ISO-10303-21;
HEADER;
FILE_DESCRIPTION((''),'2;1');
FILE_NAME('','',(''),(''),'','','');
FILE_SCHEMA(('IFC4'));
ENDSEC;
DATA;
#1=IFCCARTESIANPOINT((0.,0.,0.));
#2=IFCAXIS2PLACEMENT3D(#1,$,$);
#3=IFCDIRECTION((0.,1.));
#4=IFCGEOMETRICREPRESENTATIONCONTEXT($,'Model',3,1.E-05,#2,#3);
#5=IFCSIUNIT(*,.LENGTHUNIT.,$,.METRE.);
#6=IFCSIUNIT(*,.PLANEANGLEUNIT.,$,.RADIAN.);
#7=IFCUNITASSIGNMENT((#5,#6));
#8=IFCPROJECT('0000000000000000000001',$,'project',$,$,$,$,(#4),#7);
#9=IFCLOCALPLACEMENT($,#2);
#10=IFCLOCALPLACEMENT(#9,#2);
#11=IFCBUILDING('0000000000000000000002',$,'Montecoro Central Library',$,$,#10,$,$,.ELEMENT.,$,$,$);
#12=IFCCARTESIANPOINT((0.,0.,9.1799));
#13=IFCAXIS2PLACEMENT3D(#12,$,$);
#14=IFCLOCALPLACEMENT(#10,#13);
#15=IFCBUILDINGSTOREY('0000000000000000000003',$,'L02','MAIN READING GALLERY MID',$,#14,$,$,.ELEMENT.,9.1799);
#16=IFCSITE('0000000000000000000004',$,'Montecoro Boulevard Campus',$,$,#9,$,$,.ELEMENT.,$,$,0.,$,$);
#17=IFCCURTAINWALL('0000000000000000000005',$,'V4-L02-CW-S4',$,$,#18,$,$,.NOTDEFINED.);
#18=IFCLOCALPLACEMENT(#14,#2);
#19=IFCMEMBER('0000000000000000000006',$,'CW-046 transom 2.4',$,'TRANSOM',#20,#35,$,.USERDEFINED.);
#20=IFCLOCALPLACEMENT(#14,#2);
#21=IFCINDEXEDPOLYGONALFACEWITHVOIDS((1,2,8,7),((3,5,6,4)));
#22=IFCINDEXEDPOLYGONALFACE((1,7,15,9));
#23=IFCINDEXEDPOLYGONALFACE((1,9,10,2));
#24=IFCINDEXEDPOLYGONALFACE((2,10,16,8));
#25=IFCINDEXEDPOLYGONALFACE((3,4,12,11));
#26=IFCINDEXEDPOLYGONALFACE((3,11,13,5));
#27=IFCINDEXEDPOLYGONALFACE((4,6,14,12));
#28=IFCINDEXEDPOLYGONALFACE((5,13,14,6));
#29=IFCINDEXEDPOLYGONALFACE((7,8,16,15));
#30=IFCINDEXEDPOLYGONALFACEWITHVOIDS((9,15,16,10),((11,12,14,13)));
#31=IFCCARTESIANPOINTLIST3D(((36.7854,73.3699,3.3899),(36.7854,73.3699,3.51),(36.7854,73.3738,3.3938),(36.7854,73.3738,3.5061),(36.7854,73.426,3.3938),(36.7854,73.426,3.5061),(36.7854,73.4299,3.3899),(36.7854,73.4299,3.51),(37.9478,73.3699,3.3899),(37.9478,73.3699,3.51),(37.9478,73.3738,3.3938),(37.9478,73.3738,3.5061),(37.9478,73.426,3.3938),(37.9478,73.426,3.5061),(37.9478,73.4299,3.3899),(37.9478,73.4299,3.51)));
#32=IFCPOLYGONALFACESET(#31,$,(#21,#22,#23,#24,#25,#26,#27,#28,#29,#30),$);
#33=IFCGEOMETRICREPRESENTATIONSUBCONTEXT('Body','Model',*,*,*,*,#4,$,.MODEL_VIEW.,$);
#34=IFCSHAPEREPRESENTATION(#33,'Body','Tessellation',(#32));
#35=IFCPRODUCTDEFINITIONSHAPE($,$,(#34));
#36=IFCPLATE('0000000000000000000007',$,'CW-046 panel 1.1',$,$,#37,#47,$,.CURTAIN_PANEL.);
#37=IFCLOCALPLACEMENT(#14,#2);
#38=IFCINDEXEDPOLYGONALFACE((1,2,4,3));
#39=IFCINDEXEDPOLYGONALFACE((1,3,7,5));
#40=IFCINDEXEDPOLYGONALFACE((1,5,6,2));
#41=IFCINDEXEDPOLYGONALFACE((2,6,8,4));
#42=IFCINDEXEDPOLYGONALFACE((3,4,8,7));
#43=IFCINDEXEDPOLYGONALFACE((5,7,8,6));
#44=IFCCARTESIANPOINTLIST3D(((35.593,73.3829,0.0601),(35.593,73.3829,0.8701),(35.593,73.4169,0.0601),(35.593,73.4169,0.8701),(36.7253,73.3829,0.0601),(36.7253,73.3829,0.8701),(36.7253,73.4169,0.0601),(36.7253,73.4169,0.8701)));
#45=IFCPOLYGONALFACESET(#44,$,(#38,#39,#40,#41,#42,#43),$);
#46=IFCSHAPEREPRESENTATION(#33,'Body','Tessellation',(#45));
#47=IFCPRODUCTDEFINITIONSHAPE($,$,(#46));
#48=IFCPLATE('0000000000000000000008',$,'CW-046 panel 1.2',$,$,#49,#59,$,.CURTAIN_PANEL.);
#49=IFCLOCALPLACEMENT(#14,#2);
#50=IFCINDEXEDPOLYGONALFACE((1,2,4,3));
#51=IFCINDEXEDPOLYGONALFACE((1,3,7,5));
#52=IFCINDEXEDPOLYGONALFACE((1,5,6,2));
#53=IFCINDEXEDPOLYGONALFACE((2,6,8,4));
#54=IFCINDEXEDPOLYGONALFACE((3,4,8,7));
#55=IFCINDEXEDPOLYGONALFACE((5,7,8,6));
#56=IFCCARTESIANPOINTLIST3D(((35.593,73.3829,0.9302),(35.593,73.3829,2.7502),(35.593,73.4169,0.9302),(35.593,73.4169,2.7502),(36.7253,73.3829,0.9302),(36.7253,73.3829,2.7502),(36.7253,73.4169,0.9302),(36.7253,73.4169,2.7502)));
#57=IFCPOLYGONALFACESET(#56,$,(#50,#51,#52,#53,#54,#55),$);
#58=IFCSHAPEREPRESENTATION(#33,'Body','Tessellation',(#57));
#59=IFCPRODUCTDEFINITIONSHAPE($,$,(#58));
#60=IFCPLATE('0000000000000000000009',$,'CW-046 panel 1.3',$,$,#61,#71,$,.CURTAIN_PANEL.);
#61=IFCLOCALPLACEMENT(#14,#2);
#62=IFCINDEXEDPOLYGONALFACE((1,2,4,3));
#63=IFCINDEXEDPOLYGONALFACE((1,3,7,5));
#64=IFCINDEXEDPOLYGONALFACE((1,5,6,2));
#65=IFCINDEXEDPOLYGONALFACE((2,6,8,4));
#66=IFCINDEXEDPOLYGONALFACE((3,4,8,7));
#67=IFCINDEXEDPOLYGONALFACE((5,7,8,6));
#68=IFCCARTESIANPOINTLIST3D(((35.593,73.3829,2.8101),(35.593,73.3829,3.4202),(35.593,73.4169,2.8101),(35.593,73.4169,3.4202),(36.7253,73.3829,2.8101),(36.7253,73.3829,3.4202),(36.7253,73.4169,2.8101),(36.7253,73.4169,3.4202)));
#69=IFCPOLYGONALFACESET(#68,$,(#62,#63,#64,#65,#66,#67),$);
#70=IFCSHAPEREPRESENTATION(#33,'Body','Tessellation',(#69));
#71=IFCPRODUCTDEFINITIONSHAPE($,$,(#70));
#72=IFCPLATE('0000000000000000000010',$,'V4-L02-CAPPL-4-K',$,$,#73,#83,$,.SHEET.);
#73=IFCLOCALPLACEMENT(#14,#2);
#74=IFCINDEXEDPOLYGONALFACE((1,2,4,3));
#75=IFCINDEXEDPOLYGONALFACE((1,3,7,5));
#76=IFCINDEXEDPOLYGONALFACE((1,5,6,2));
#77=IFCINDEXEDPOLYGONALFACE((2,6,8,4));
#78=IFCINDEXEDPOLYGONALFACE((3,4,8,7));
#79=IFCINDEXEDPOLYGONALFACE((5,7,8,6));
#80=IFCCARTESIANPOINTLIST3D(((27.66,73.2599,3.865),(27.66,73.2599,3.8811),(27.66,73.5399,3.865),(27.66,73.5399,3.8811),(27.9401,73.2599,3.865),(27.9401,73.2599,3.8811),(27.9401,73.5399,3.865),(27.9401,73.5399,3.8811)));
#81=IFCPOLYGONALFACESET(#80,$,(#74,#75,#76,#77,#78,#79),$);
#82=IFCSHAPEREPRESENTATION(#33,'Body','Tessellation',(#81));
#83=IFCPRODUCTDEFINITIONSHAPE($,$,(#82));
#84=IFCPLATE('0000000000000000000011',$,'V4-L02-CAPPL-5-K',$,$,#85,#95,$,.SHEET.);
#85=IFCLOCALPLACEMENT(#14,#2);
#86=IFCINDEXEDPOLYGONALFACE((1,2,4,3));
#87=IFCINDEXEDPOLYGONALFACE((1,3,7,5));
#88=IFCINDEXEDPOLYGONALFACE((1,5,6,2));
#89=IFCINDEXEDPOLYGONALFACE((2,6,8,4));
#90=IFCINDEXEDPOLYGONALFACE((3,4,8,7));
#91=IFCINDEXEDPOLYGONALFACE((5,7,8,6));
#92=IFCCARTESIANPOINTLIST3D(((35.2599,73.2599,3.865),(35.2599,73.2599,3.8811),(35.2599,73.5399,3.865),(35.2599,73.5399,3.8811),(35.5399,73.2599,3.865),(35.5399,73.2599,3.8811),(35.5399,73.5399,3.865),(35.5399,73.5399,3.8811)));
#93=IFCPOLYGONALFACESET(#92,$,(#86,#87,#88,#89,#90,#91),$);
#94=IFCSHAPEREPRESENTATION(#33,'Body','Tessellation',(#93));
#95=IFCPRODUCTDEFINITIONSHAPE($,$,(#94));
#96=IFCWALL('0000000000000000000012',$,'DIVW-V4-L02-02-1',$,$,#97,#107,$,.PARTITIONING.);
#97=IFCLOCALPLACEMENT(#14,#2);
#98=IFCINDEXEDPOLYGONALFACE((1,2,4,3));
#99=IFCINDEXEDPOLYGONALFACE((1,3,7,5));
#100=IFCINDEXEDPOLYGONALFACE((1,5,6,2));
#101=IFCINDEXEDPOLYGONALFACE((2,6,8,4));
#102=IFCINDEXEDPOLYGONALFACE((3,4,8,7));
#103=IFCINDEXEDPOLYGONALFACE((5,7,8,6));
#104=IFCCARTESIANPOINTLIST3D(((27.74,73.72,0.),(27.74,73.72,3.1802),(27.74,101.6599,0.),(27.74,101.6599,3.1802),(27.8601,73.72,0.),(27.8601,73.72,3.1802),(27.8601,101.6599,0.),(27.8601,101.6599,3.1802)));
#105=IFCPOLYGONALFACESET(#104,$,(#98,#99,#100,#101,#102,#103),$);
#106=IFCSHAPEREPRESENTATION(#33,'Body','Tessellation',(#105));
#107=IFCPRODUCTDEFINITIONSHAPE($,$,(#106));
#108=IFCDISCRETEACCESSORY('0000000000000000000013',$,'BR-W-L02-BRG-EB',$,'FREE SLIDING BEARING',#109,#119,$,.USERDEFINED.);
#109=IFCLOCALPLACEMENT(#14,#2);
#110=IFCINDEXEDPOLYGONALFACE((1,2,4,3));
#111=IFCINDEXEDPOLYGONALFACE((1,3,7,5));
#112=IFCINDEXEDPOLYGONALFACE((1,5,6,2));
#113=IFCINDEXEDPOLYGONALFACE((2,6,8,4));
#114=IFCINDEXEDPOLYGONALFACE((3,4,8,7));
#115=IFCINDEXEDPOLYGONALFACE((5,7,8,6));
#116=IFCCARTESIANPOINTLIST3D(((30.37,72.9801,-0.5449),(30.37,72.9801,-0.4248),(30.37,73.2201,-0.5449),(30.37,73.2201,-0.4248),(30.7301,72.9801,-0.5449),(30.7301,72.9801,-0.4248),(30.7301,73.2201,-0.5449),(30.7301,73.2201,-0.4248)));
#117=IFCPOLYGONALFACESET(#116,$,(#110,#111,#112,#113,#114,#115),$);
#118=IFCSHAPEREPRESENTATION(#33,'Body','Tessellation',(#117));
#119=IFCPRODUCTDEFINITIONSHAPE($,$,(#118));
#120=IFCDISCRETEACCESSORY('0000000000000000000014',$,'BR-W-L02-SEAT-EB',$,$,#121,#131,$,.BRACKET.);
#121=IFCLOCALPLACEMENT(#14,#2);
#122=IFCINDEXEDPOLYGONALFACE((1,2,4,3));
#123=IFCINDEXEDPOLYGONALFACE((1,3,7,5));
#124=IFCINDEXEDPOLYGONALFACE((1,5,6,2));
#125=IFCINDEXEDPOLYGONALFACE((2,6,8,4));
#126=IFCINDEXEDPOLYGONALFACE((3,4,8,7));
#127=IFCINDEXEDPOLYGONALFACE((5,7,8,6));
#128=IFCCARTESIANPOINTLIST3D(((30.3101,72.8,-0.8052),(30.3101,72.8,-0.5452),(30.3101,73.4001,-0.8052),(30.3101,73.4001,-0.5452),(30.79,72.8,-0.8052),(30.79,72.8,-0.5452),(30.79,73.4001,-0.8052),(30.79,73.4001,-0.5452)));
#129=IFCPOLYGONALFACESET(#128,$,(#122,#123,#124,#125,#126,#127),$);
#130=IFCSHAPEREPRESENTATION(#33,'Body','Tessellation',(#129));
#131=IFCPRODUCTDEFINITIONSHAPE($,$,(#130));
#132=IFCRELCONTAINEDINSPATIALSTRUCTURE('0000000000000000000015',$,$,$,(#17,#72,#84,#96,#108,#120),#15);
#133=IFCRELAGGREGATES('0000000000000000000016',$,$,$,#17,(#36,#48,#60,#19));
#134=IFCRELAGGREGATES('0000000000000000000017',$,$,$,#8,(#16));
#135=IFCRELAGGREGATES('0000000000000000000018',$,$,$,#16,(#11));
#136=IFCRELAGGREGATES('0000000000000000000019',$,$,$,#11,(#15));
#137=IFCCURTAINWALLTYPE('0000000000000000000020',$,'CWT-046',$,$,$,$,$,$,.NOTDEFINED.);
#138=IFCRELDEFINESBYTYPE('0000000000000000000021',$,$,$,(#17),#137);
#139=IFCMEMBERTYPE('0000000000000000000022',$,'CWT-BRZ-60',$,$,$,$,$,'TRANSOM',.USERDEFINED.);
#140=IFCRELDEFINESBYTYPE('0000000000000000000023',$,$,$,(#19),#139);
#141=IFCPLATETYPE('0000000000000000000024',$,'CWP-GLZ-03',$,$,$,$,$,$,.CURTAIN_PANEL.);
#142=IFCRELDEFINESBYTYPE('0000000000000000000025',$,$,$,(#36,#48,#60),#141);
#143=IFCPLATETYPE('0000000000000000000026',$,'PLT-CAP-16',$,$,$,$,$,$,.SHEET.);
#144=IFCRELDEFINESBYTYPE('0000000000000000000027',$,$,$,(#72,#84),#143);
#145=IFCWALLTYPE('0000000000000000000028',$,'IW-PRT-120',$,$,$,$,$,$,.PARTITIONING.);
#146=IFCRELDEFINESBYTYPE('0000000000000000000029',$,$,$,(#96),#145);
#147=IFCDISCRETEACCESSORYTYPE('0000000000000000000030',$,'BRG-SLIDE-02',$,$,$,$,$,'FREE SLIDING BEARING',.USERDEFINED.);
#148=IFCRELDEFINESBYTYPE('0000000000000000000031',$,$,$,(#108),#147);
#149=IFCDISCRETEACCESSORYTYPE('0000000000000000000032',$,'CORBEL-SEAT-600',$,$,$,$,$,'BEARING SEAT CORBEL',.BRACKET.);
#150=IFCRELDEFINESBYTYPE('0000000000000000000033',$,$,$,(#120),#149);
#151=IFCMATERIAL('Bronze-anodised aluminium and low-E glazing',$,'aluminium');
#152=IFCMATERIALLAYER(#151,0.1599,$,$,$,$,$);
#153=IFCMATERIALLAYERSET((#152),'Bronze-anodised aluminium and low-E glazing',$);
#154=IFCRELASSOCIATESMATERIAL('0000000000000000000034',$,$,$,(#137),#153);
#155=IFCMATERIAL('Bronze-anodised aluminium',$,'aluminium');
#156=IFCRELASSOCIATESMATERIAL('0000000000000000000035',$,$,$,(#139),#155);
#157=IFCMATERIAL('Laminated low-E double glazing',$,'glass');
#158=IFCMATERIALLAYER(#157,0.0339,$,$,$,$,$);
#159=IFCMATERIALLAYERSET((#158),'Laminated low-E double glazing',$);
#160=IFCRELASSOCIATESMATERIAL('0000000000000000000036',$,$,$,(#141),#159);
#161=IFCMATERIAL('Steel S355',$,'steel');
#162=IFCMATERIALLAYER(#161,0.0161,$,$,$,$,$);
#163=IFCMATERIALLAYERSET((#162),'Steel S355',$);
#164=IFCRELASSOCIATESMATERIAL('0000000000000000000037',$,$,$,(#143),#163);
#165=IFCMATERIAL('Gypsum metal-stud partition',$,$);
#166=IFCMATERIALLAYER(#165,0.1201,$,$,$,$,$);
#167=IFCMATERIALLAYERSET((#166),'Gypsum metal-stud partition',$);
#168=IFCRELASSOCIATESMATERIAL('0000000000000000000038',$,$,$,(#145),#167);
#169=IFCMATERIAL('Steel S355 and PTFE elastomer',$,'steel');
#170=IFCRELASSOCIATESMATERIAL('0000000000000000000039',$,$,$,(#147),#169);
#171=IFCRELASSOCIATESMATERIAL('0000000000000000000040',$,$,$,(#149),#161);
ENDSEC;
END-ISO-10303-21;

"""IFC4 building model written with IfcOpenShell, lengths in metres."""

from ifc_helpers import new_model, si_unit, direction, frame, frame_2d, origin, origin_2d, place, context, subcontext, project, spatial, rectangle, hollow_rectangle, extrude, material, layer, layer_set, material_profile, profile_set, type_object, element, aggregate, save


model = new_model("IFC4")

# Units and contexts
model_context = context("Model", 3, precision=1e-05, world=origin(), true_north=direction((0.0, 1.0)))
body_context = subcontext(model_context, "Body", "Model", "MODEL_VIEW")
ifc_project = project(units=[si_unit("LENGTHUNIT", "METRE"), si_unit("PLANEANGLEUNIT", "RADIAN")], contexts=[model_context])

# Site, building, storey
site_placement = place(None, origin())
site = spatial("IfcSite", under=ifc_project, at=site_placement, Name="Montecoro Boulevard Campus", CompositionType="ELEMENT", RefElevation=0.0)
building_placement = place(site_placement, origin())
building = spatial("IfcBuilding", under=site, at=building_placement, Name="Montecoro Central Library", CompositionType="ELEMENT")
storey_placement = place(building_placement, frame((0.0, 0.0, 9.1799)))
storey = spatial("IfcBuildingStorey", under=building, at=storey_placement, Name="L02", Description="MAIN READING GALLERY MID", CompositionType="ELEMENT", Elevation=9.1799)

# Shared definitions
ifc_material_1 = material(Name="Steel S355", Category="steel")

# Curtain wall, member, plates
ifc_material_2 = material(Name="Bronze-anodised aluminium and low-E glazing", Category="aluminium")
ifc_layer_1 = layer(ifc_material_2, 0.1599)
ifc_layer_set_1 = layer_set([ifc_layer_1], Name="Bronze-anodised aluminium and low-E glazing")
curtain_wall_type = type_object("IfcCurtainWallType", Name="CWT-046", PredefinedType="NOTDEFINED", material=ifc_layer_set_1)
curtain_wall_placement = place(storey_placement, origin())
curtain_wall = element("IfcCurtainWall", 1, at=curtain_wall_placement, inside=storey, type_object=curtain_wall_type, Name="V4-L02-CW-S4", PredefinedType="NOTDEFINED")
ifc_material_3 = material(Name="Bronze-anodised aluminium", Category="aluminium")
ifc_material_profile_1 = material_profile(ifc_material_3, hollow_rectangle(XDim=0.0601, YDim=0.1201, WallThickness=0.0039, at=origin_2d()), Name="CWT 120x60x4.0")
ifc_profile_set_1 = profile_set([ifc_material_profile_1], Name="Bronze-anodised aluminium")
member_type_1 = type_object("IfcMemberType", Name="CWT-BRZ-60", ElementType="TRANSOM", PredefinedType="USERDEFINED", material=ifc_profile_set_1)
member_1_placement = place(storey_placement, frame((36.7854, 73.3999, 3.45), z_axis=(1.0, 0.0, 0.0), x_axis=(0.0, 1.0, 0.0)))
member_1 = element("IfcMember", 2, at=member_1_placement, type_object=member_type_1, Name="CW-046 transom 2.4", ObjectType="TRANSOM", PredefinedType="USERDEFINED", context=body_context, shape_type="SweptSolid", body=[
    extrude(hollow_rectangle(XDim=0.0601, YDim=0.1201, WallThickness=0.0039, at=origin_2d()), origin(), (0.0, 0.0, 1.0), 1.1624),
])
ifc_material_4 = material(Name="Laminated low-E double glazing", Category="glass")
ifc_layer_2 = layer(ifc_material_4, 0.0339)
ifc_layer_set_2 = layer_set([ifc_layer_2], Name="Laminated low-E double glazing")
plate_type_1 = type_object("IfcPlateType", Name="CWP-GLZ-03", PredefinedType="CURTAIN_PANEL", material=ifc_layer_set_2)
plate_1_placement = place(storey_placement, frame((36.1592, 73.3999, 0.0601), z_axis=(0.0, 0.0, 1.0), x_axis=(1.0, 0.0, 0.0)))
plate_1 = element("IfcPlate", 3, at=plate_1_placement, type_object=plate_type_1, Name="CW-046 panel 1.1", PredefinedType="CURTAIN_PANEL", context=body_context, shape_type="SweptSolid", body=[
    extrude(rectangle(XDim=1.1323, YDim=0.0339, at=origin_2d()), origin(), (0.0, 0.0, 1.0), 0.8101),
])
plate_2_placement = place(storey_placement, frame((36.1592, 73.3999, 0.9302), z_axis=(0.0, 0.0, 1.0), x_axis=(1.0, 0.0, 0.0)))
plate_2 = element("IfcPlate", 4, at=plate_2_placement, type_object=plate_type_1, Name="CW-046 panel 1.2", PredefinedType="CURTAIN_PANEL", context=body_context, shape_type="SweptSolid", body=[
    extrude(rectangle(XDim=1.1323, YDim=0.0339, at=origin_2d()), origin(), (0.0, 0.0, 1.0), 1.8201),
])
plate_3_placement = place(storey_placement, frame((36.1592, 73.3999, 2.8101), z_axis=(0.0, 0.0, 1.0), x_axis=(1.0, 0.0, 0.0)))
plate_3 = element("IfcPlate", 5, at=plate_3_placement, type_object=plate_type_1, Name="CW-046 panel 1.3", PredefinedType="CURTAIN_PANEL", context=body_context, shape_type="SweptSolid", body=[
    extrude(rectangle(XDim=1.1323, YDim=0.0339, at=origin_2d()), origin(), (0.0, 0.0, 1.0), 0.6101),
])
aggregate(curtain_wall, [plate_1, plate_2, plate_3, member_1])

# Plates
ifc_layer_3 = layer(ifc_material_1, 0.0161)
ifc_layer_set_3 = layer_set([ifc_layer_3], Name="Steel S355")
plate_type_2 = type_object("IfcPlateType", Name="PLT-CAP-16", PredefinedType="SHEET", material=ifc_layer_set_3)
for number, where, z_axis, x_axis, name in (
    (6, (27.8, 73.3999, 3.865), (0.0, 0.0, 1.0), (1.0, 0.0, 0.0), "V4-L02-CAPPL-4-K"),
    (7, (35.3999, 73.3999, 3.865), (0.0, 0.0, 1.0), (1.0, 0.0, 0.0), "V4-L02-CAPPL-5-K"),
):
    element("IfcPlate", number, at=place(storey_placement, frame(where, z_axis=z_axis, x_axis=x_axis)), inside=storey, type_object=plate_type_2, Name=name, PredefinedType="SHEET", context=body_context, shape_type="SweptSolid", body=[
        extrude(rectangle(XDim=0.28, YDim=0.28, at=origin_2d()), origin(), (0.0, 0.0, 1.0), 0.0161),
    ])

# Wall
ifc_material_5 = material(Name="Gypsum metal-stud partition")
ifc_layer_4 = layer(ifc_material_5, 0.1201)
ifc_layer_set_4 = layer_set([ifc_layer_4], Name="Gypsum metal-stud partition")
wall_type = type_object("IfcWallType", Name="IW-PRT-120", PredefinedType="PARTITIONING", material=ifc_layer_set_4)
wall_placement = place(storey_placement, frame((27.8, 73.72, 0.0), z_axis=(0.0, 0.0, 1.0), x_axis=(0.0, 1.0, 0.0)))
element("IfcWall", 8, at=wall_placement, inside=storey, type_object=wall_type, Name="DIVW-V4-L02-02-1", PredefinedType="PARTITIONING", context=body_context, shape_type="SweptSolid", body=[
    extrude(rectangle(XDim=27.9399, YDim=0.1201, at=frame_2d((13.97, 0.0))), origin(), (0.0, 0.0, 1.0), 3.1802),
])

# Discrete accessories
ifc_material_6 = material(Name="Steel S355 and PTFE elastomer", Category="steel")
discrete_accessory_type_1 = type_object("IfcDiscreteAccessoryType", Name="BRG-SLIDE-02", ElementType="FREE SLIDING BEARING", PredefinedType="USERDEFINED", material=ifc_material_6)
discrete_accessory_1_placement = place(storey_placement, frame((30.55, 73.1001, -0.5449), z_axis=(0.0, 0.0, 1.0), x_axis=(1.0, 0.0, 0.0)))
element("IfcDiscreteAccessory", 9, at=discrete_accessory_1_placement, inside=storey, type_object=discrete_accessory_type_1, Name="BR-W-L02-BRG-EB", ObjectType="FREE SLIDING BEARING", PredefinedType="USERDEFINED", context=body_context, shape_type="SweptSolid", body=[
    extrude(rectangle(XDim=0.3601, YDim=0.24, at=origin_2d()), origin(), (0.0, 0.0, 1.0), 0.1201),
])
discrete_accessory_type_2 = type_object("IfcDiscreteAccessoryType", Name="CORBEL-SEAT-600", ElementType="BEARING SEAT CORBEL", PredefinedType="BRACKET", material=ifc_material_1)
discrete_accessory_2_placement = place(storey_placement, frame((30.55, 73.1001, -0.8052), z_axis=(0.0, 0.0, 1.0), x_axis=(1.0, 0.0, 0.0)))
element("IfcDiscreteAccessory", 10, at=discrete_accessory_2_placement, inside=storey, type_object=discrete_accessory_type_2, Name="BR-W-L02-SEAT-EB", PredefinedType="BRACKET", context=body_context, shape_type="SweptSolid", body=[
    extrude(rectangle(XDim=0.48, YDim=0.6001, at=origin_2d()), origin(), (0.0, 0.0, 1.0), 0.26),
])

save(model, "model.ifc")
